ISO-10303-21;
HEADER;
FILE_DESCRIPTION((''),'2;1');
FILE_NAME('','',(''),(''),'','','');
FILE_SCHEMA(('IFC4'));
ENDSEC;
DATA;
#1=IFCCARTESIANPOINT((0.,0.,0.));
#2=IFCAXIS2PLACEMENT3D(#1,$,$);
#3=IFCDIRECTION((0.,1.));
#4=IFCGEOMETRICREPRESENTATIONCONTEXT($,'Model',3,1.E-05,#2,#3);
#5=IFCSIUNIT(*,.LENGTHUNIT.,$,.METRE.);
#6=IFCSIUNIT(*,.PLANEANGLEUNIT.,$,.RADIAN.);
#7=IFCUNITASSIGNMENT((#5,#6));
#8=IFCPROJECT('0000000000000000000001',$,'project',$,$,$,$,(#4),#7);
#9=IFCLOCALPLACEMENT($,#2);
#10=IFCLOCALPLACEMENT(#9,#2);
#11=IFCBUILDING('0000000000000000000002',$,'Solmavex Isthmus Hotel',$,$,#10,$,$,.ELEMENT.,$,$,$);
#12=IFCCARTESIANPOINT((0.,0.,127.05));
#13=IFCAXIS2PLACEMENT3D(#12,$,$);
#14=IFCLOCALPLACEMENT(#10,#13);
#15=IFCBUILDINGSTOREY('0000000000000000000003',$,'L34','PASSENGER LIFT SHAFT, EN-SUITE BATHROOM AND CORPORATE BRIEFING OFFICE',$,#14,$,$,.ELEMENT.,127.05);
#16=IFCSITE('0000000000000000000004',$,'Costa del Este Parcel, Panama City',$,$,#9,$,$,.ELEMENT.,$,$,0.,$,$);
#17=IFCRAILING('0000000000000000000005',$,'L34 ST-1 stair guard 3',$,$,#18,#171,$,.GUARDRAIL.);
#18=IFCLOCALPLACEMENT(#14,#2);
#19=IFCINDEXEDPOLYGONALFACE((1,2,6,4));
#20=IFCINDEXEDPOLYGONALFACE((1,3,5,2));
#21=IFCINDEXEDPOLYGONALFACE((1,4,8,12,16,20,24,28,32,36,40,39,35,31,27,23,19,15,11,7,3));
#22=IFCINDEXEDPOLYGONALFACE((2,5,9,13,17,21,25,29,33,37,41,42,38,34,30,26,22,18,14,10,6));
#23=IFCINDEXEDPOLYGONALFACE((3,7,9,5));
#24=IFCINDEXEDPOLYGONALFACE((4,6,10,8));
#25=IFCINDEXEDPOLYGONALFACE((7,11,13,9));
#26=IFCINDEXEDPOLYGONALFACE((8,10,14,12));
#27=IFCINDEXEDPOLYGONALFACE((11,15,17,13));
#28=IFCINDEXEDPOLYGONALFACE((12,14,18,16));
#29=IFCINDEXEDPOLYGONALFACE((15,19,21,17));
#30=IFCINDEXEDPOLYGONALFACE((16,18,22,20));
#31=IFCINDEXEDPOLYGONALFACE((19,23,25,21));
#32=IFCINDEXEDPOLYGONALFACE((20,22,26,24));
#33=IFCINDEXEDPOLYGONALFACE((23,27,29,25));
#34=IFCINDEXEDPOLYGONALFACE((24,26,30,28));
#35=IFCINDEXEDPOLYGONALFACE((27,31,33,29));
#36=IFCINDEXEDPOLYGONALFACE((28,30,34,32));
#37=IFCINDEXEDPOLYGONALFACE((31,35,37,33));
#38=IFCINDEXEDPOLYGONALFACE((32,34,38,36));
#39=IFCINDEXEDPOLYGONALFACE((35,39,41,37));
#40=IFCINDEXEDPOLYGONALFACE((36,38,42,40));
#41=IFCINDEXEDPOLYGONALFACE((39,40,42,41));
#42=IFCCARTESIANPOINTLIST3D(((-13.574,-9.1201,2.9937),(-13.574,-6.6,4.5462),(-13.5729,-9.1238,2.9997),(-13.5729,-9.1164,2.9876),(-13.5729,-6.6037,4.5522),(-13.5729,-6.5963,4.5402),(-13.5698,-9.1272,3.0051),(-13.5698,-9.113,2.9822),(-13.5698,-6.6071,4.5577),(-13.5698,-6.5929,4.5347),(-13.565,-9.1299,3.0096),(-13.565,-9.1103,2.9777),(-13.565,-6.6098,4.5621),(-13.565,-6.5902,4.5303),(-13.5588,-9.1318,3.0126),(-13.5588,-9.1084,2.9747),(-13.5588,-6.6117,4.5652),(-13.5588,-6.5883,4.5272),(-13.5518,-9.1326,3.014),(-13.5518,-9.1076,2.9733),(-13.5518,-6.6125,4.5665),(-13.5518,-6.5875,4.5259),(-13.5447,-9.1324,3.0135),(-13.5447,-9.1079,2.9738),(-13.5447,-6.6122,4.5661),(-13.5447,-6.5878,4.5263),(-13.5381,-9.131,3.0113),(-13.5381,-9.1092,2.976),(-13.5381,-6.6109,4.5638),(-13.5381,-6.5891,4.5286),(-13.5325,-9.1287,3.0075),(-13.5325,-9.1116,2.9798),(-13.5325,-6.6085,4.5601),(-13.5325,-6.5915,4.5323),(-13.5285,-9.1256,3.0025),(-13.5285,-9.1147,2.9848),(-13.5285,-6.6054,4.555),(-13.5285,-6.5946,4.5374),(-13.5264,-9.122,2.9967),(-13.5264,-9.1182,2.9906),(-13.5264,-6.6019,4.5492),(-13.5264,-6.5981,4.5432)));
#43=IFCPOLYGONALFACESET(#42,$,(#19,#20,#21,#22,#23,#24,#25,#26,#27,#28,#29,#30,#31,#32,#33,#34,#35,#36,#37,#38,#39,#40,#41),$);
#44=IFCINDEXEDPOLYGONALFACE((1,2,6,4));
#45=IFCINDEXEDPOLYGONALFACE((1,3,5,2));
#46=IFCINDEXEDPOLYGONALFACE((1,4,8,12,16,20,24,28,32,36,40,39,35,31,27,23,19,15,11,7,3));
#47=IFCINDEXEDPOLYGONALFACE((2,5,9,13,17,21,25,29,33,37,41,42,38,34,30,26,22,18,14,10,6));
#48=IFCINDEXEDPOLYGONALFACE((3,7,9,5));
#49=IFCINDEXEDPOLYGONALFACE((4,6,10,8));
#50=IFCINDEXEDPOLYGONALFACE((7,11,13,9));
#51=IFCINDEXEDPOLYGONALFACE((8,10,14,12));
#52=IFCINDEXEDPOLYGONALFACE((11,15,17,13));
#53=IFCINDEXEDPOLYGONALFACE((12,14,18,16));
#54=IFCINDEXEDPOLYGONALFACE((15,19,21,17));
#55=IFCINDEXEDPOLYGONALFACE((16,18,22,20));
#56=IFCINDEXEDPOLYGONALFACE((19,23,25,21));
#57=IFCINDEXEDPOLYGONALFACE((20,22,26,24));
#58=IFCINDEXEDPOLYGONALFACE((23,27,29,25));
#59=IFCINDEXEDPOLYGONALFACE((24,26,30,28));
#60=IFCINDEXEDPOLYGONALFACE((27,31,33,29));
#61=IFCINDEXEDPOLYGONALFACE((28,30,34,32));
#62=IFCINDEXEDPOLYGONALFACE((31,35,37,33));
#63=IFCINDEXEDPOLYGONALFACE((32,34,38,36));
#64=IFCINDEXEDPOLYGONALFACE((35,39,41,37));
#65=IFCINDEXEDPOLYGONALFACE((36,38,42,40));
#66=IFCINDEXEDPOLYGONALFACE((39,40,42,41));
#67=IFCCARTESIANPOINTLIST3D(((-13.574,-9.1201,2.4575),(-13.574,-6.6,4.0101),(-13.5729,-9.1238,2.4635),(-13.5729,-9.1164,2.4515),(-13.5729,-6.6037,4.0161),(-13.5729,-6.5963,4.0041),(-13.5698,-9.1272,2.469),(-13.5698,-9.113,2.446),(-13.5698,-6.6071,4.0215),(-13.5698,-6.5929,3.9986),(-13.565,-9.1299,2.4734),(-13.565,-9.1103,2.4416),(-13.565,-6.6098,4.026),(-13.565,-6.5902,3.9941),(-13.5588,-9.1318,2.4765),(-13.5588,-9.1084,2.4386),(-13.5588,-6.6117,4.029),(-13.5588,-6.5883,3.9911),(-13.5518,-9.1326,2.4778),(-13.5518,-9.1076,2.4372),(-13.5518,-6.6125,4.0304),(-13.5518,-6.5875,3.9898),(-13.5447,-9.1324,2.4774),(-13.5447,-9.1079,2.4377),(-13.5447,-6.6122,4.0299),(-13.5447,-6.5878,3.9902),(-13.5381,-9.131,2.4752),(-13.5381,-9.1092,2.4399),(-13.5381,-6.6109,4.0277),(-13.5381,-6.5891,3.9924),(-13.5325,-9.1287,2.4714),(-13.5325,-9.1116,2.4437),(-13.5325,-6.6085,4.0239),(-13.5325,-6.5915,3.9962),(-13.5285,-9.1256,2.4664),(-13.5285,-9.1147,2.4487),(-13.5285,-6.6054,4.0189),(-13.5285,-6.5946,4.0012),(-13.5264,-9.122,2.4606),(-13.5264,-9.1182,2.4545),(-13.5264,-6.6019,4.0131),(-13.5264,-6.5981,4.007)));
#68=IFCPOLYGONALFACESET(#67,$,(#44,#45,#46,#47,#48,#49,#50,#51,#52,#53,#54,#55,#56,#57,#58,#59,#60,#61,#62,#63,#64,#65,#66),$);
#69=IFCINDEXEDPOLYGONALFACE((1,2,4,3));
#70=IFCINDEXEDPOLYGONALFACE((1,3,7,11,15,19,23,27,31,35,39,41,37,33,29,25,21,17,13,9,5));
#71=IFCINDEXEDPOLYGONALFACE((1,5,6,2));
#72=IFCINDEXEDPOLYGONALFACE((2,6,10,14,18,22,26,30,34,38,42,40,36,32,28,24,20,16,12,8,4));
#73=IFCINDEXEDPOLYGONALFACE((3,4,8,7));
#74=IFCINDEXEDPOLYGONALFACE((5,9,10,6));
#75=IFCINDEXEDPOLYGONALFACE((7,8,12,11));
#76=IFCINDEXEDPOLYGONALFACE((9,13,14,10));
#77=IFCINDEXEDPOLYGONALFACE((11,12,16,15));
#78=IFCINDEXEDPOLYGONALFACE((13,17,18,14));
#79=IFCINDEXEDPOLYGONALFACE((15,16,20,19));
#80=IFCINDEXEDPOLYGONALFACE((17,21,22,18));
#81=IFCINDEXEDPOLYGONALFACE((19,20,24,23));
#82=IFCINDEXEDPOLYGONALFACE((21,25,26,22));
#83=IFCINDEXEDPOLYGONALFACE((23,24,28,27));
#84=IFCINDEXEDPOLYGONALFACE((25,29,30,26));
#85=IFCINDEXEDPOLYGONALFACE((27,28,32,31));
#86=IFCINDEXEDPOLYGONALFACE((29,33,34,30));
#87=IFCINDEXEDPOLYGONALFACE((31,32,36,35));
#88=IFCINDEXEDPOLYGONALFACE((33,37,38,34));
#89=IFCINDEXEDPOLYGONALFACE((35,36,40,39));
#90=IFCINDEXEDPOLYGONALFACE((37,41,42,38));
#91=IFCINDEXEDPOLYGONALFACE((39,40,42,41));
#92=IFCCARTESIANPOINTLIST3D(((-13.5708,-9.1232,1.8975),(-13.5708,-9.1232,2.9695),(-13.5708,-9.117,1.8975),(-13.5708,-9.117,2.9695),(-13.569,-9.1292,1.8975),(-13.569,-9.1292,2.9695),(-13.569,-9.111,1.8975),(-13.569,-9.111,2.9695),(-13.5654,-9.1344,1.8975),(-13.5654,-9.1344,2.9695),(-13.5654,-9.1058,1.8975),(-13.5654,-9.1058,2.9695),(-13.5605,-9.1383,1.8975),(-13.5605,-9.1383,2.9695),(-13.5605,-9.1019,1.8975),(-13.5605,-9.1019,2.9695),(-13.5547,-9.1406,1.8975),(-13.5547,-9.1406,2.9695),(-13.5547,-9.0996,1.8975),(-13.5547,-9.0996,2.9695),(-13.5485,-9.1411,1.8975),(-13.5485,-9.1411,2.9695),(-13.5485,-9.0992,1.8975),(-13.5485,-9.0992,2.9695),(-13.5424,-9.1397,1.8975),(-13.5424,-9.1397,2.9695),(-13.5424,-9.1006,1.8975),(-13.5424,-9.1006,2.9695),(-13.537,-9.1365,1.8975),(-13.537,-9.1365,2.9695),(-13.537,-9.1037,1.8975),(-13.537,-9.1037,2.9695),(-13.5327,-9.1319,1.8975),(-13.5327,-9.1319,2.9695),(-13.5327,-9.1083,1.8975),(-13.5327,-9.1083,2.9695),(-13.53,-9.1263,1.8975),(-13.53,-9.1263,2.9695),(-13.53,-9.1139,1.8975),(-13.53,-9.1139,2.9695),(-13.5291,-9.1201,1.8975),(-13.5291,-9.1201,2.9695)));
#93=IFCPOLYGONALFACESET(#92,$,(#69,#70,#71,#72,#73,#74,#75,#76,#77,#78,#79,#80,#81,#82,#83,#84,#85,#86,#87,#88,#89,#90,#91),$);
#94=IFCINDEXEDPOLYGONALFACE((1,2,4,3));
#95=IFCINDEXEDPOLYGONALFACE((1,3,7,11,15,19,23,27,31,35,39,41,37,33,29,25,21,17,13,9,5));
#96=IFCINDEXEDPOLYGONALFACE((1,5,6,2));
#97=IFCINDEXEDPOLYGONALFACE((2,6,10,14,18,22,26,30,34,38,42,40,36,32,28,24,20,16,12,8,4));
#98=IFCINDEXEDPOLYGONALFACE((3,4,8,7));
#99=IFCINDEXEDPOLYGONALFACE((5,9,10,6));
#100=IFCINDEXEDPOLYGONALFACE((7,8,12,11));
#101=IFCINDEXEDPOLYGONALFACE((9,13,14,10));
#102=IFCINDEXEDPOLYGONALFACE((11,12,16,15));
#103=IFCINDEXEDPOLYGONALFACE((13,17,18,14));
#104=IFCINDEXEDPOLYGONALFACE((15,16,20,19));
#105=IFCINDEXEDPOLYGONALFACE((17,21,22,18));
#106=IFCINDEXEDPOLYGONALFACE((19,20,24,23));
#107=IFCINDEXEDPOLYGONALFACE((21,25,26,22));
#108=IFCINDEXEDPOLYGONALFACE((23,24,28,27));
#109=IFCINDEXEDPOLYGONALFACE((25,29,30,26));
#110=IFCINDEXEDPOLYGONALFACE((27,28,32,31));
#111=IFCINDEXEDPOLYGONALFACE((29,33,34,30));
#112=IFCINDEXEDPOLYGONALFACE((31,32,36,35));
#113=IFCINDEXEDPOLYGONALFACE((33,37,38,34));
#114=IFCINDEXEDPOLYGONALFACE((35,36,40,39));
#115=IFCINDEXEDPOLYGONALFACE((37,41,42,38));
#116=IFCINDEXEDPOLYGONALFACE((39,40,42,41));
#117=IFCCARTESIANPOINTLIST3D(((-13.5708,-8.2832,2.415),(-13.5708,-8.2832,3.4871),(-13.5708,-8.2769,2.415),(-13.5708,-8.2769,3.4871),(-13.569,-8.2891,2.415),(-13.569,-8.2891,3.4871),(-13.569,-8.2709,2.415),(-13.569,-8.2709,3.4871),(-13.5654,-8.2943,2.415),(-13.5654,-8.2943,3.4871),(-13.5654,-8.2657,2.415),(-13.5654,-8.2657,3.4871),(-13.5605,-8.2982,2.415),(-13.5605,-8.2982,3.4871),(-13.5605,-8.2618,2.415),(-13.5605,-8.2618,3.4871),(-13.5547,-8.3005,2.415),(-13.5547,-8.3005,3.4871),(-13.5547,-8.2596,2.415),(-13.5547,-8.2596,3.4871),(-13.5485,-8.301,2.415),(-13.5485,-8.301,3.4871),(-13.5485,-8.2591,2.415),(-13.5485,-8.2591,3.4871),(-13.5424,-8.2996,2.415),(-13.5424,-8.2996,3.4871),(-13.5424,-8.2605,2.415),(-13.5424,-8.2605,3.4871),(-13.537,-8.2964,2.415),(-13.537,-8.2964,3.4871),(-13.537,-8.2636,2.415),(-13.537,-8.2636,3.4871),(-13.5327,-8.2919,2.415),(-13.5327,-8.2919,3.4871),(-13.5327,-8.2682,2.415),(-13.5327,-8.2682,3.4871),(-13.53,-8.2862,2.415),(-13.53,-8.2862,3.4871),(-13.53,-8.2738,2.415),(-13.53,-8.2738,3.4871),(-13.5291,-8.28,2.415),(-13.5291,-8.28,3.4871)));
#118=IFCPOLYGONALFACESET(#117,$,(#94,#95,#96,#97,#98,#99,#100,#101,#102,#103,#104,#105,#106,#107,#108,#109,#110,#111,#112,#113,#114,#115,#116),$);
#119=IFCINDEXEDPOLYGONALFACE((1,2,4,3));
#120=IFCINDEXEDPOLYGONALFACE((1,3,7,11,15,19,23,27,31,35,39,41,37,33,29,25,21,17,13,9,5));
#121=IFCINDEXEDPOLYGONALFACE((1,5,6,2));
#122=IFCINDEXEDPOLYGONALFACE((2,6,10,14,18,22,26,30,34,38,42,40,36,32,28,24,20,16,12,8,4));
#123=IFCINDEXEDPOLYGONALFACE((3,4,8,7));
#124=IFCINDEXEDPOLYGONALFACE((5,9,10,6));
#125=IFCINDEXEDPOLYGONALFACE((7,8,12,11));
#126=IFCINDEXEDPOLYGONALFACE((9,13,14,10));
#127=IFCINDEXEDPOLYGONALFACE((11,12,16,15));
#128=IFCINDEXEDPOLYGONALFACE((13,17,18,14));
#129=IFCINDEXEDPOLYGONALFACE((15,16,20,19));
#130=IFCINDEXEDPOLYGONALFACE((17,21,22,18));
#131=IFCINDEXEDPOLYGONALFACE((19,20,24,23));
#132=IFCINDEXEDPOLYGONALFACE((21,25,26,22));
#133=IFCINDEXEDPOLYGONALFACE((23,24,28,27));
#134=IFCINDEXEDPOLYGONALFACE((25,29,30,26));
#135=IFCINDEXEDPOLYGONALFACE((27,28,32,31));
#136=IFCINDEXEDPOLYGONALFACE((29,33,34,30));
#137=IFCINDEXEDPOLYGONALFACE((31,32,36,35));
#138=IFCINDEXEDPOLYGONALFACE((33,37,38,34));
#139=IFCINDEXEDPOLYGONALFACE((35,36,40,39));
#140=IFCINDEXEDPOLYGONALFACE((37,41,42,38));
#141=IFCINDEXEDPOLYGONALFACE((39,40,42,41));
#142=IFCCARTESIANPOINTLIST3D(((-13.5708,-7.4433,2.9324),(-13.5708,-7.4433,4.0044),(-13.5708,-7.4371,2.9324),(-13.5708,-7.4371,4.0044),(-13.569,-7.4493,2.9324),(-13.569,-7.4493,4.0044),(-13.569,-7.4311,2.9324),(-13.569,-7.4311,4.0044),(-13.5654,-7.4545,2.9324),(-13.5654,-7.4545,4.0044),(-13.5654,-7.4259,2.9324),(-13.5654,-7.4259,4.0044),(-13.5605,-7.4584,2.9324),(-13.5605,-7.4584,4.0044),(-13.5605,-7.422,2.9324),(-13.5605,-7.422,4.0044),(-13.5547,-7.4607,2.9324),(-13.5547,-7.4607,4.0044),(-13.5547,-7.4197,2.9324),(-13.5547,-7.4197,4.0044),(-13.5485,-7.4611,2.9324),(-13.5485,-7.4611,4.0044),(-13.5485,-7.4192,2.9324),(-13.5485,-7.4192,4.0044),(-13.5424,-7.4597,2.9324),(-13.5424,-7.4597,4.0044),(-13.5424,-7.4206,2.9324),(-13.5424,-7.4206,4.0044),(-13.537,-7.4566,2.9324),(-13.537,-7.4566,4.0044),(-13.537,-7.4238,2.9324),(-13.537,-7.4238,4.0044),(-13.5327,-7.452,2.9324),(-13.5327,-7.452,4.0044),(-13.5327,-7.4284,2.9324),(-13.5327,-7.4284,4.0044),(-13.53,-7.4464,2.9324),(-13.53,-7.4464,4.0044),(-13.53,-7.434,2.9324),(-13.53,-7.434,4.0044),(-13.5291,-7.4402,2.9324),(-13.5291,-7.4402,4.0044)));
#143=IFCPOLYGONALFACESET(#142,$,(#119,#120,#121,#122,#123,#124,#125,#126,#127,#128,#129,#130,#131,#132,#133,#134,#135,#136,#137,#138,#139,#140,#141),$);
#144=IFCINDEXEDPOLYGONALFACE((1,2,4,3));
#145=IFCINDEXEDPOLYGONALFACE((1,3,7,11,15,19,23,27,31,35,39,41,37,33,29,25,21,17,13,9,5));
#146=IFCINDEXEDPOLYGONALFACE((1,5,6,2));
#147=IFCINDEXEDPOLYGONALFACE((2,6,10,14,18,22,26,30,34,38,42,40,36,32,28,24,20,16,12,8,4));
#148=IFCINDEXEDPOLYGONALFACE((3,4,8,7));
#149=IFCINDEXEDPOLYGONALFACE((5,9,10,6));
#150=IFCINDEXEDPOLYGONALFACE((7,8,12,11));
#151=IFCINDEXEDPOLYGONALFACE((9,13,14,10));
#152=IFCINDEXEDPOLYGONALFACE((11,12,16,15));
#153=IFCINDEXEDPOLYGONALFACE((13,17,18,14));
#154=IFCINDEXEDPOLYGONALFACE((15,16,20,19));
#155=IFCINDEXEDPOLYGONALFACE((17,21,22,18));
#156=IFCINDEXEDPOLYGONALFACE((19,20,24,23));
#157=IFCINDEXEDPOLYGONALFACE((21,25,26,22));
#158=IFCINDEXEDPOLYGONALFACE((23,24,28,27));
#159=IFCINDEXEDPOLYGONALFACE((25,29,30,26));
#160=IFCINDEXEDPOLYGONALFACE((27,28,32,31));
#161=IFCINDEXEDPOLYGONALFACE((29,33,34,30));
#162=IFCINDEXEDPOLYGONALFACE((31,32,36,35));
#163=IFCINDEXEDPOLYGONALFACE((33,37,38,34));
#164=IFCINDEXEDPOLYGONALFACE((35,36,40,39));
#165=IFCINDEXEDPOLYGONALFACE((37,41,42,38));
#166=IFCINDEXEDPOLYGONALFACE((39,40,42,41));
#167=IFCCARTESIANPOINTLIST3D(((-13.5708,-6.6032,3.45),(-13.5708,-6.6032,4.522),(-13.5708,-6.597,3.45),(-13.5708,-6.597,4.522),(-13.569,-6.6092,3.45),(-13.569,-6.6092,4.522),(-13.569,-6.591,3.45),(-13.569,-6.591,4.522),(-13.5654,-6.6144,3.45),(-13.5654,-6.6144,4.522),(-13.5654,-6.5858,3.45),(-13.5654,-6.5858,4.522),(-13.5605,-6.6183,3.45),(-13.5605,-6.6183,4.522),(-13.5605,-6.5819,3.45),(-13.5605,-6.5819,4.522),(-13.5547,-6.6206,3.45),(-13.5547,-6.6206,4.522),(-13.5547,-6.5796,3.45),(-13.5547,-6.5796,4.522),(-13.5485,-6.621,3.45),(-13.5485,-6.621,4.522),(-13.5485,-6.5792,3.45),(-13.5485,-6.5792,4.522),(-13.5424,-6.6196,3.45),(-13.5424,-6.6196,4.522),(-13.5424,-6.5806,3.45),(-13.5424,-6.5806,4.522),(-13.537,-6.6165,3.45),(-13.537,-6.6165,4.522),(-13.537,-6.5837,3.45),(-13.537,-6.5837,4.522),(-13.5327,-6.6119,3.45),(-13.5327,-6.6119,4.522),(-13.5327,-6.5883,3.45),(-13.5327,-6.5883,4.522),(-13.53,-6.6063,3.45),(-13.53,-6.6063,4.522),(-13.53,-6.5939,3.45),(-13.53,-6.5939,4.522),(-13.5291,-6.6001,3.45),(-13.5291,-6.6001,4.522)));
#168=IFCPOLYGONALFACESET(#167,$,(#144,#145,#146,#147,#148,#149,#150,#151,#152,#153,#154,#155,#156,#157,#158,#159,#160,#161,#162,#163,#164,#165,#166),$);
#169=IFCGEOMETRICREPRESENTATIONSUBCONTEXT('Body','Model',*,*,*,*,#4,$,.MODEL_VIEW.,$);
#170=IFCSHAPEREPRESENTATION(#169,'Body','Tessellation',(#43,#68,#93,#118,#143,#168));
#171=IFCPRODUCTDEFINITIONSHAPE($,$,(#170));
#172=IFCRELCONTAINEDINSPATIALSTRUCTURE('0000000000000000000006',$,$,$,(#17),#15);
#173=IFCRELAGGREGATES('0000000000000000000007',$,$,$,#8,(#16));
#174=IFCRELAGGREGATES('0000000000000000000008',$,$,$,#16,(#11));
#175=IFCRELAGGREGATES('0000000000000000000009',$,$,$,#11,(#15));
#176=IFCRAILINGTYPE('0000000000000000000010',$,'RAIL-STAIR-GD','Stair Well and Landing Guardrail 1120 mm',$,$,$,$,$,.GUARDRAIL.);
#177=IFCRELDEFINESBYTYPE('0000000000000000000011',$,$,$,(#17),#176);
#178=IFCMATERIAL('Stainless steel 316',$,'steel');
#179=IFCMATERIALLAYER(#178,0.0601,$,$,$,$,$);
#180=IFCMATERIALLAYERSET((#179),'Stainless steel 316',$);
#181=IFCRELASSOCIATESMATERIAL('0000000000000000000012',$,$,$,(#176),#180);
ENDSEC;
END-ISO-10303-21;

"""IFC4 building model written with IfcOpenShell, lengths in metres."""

from ifc_helpers import new_model, si_unit, direction, frame, origin, origin_2d, place, context, subcontext, project, spatial, circle, extrude, material, layer, layer_set, type_object, element, save


model = new_model("IFC4")

# Units and contexts
model_context = context("Model", 3, precision=1e-05, world=origin(), true_north=direction((0.0, 1.0)))
body_context = subcontext(model_context, "Body", "Model", "MODEL_VIEW")
ifc_project = project(units=[si_unit("LENGTHUNIT", "METRE"), si_unit("PLANEANGLEUNIT", "RADIAN")], contexts=[model_context])

# Site, building, storey
site_placement = place(None, origin())
site = spatial("IfcSite", under=ifc_project, at=site_placement, Name="Costa del Este Parcel, Panama City", CompositionType="ELEMENT", RefElevation=0.0)
building_placement = place(site_placement, origin())
building = spatial("IfcBuilding", under=site, at=building_placement, Name="Solmavex Isthmus Hotel", CompositionType="ELEMENT")
storey_placement = place(building_placement, frame((0.0, 0.0, 127.05)))
storey = spatial("IfcBuildingStorey", under=building, at=storey_placement, Name="L34", Description="PASSENGER LIFT SHAFT, EN-SUITE BATHROOM AND CORPORATE BRIEFING OFFICE", CompositionType="ELEMENT", Elevation=127.05)

# Railing
ifc_material_1 = material(Name="Stainless steel 316", Category="steel")
ifc_layer_1 = layer(ifc_material_1, 0.0601)
ifc_layer_set_1 = layer_set([ifc_layer_1], Name="Stainless steel 316")
railing_type_1 = type_object("IfcRailingType", Name="RAIL-STAIR-GD", Description="Stair Well and Landing Guardrail 1120 mm", PredefinedType="GUARDRAIL", material=ifc_layer_set_1)
railing_1_placement = place(storey_placement, frame((-13.55, -9.1201, 1.8975)))
element("IfcRailing", 1, at=railing_1_placement, inside=storey, type_object=railing_type_1, Name="L34 ST-1 stair guard 3", PredefinedType="GUARDRAIL", context=body_context, shape_type="SweptSolid", body=[
    extrude(circle(Radius=0.0239, at=origin_2d()), frame((0.0, 0.0, 1.0962), z_axis=(0.0, 0.8514, 0.524516), x_axis=(-1.0, 0.0, 0.0)), (0.0, 0.0, 1.0), 2.96),
    extrude(circle(Radius=0.0239, at=origin_2d()), frame((0.0, 0.0, 0.5601), z_axis=(0.0, 0.8514, 0.524516), x_axis=(-1.0, 0.0, 0.0)), (0.0, 0.0, 1.0), 2.96),
    extrude(circle(Radius=0.021, at=origin_2d()), origin(), (0.0, 0.0, 1.0), 1.072),
    extrude(circle(Radius=0.021, at=origin_2d()), frame((0.0, 0.8401, 0.5176)), (0.0, 0.0, 1.0), 1.072),
    extrude(circle(Radius=0.021, at=origin_2d()), frame((0.0, 1.6799, 1.0349)), (0.0, 0.0, 1.0), 1.072),
    extrude(circle(Radius=0.021, at=origin_2d()), frame((0.0, 2.52, 1.5525)), (0.0, 0.0, 1.0), 1.072),
])

save(model, "model.ifc")
